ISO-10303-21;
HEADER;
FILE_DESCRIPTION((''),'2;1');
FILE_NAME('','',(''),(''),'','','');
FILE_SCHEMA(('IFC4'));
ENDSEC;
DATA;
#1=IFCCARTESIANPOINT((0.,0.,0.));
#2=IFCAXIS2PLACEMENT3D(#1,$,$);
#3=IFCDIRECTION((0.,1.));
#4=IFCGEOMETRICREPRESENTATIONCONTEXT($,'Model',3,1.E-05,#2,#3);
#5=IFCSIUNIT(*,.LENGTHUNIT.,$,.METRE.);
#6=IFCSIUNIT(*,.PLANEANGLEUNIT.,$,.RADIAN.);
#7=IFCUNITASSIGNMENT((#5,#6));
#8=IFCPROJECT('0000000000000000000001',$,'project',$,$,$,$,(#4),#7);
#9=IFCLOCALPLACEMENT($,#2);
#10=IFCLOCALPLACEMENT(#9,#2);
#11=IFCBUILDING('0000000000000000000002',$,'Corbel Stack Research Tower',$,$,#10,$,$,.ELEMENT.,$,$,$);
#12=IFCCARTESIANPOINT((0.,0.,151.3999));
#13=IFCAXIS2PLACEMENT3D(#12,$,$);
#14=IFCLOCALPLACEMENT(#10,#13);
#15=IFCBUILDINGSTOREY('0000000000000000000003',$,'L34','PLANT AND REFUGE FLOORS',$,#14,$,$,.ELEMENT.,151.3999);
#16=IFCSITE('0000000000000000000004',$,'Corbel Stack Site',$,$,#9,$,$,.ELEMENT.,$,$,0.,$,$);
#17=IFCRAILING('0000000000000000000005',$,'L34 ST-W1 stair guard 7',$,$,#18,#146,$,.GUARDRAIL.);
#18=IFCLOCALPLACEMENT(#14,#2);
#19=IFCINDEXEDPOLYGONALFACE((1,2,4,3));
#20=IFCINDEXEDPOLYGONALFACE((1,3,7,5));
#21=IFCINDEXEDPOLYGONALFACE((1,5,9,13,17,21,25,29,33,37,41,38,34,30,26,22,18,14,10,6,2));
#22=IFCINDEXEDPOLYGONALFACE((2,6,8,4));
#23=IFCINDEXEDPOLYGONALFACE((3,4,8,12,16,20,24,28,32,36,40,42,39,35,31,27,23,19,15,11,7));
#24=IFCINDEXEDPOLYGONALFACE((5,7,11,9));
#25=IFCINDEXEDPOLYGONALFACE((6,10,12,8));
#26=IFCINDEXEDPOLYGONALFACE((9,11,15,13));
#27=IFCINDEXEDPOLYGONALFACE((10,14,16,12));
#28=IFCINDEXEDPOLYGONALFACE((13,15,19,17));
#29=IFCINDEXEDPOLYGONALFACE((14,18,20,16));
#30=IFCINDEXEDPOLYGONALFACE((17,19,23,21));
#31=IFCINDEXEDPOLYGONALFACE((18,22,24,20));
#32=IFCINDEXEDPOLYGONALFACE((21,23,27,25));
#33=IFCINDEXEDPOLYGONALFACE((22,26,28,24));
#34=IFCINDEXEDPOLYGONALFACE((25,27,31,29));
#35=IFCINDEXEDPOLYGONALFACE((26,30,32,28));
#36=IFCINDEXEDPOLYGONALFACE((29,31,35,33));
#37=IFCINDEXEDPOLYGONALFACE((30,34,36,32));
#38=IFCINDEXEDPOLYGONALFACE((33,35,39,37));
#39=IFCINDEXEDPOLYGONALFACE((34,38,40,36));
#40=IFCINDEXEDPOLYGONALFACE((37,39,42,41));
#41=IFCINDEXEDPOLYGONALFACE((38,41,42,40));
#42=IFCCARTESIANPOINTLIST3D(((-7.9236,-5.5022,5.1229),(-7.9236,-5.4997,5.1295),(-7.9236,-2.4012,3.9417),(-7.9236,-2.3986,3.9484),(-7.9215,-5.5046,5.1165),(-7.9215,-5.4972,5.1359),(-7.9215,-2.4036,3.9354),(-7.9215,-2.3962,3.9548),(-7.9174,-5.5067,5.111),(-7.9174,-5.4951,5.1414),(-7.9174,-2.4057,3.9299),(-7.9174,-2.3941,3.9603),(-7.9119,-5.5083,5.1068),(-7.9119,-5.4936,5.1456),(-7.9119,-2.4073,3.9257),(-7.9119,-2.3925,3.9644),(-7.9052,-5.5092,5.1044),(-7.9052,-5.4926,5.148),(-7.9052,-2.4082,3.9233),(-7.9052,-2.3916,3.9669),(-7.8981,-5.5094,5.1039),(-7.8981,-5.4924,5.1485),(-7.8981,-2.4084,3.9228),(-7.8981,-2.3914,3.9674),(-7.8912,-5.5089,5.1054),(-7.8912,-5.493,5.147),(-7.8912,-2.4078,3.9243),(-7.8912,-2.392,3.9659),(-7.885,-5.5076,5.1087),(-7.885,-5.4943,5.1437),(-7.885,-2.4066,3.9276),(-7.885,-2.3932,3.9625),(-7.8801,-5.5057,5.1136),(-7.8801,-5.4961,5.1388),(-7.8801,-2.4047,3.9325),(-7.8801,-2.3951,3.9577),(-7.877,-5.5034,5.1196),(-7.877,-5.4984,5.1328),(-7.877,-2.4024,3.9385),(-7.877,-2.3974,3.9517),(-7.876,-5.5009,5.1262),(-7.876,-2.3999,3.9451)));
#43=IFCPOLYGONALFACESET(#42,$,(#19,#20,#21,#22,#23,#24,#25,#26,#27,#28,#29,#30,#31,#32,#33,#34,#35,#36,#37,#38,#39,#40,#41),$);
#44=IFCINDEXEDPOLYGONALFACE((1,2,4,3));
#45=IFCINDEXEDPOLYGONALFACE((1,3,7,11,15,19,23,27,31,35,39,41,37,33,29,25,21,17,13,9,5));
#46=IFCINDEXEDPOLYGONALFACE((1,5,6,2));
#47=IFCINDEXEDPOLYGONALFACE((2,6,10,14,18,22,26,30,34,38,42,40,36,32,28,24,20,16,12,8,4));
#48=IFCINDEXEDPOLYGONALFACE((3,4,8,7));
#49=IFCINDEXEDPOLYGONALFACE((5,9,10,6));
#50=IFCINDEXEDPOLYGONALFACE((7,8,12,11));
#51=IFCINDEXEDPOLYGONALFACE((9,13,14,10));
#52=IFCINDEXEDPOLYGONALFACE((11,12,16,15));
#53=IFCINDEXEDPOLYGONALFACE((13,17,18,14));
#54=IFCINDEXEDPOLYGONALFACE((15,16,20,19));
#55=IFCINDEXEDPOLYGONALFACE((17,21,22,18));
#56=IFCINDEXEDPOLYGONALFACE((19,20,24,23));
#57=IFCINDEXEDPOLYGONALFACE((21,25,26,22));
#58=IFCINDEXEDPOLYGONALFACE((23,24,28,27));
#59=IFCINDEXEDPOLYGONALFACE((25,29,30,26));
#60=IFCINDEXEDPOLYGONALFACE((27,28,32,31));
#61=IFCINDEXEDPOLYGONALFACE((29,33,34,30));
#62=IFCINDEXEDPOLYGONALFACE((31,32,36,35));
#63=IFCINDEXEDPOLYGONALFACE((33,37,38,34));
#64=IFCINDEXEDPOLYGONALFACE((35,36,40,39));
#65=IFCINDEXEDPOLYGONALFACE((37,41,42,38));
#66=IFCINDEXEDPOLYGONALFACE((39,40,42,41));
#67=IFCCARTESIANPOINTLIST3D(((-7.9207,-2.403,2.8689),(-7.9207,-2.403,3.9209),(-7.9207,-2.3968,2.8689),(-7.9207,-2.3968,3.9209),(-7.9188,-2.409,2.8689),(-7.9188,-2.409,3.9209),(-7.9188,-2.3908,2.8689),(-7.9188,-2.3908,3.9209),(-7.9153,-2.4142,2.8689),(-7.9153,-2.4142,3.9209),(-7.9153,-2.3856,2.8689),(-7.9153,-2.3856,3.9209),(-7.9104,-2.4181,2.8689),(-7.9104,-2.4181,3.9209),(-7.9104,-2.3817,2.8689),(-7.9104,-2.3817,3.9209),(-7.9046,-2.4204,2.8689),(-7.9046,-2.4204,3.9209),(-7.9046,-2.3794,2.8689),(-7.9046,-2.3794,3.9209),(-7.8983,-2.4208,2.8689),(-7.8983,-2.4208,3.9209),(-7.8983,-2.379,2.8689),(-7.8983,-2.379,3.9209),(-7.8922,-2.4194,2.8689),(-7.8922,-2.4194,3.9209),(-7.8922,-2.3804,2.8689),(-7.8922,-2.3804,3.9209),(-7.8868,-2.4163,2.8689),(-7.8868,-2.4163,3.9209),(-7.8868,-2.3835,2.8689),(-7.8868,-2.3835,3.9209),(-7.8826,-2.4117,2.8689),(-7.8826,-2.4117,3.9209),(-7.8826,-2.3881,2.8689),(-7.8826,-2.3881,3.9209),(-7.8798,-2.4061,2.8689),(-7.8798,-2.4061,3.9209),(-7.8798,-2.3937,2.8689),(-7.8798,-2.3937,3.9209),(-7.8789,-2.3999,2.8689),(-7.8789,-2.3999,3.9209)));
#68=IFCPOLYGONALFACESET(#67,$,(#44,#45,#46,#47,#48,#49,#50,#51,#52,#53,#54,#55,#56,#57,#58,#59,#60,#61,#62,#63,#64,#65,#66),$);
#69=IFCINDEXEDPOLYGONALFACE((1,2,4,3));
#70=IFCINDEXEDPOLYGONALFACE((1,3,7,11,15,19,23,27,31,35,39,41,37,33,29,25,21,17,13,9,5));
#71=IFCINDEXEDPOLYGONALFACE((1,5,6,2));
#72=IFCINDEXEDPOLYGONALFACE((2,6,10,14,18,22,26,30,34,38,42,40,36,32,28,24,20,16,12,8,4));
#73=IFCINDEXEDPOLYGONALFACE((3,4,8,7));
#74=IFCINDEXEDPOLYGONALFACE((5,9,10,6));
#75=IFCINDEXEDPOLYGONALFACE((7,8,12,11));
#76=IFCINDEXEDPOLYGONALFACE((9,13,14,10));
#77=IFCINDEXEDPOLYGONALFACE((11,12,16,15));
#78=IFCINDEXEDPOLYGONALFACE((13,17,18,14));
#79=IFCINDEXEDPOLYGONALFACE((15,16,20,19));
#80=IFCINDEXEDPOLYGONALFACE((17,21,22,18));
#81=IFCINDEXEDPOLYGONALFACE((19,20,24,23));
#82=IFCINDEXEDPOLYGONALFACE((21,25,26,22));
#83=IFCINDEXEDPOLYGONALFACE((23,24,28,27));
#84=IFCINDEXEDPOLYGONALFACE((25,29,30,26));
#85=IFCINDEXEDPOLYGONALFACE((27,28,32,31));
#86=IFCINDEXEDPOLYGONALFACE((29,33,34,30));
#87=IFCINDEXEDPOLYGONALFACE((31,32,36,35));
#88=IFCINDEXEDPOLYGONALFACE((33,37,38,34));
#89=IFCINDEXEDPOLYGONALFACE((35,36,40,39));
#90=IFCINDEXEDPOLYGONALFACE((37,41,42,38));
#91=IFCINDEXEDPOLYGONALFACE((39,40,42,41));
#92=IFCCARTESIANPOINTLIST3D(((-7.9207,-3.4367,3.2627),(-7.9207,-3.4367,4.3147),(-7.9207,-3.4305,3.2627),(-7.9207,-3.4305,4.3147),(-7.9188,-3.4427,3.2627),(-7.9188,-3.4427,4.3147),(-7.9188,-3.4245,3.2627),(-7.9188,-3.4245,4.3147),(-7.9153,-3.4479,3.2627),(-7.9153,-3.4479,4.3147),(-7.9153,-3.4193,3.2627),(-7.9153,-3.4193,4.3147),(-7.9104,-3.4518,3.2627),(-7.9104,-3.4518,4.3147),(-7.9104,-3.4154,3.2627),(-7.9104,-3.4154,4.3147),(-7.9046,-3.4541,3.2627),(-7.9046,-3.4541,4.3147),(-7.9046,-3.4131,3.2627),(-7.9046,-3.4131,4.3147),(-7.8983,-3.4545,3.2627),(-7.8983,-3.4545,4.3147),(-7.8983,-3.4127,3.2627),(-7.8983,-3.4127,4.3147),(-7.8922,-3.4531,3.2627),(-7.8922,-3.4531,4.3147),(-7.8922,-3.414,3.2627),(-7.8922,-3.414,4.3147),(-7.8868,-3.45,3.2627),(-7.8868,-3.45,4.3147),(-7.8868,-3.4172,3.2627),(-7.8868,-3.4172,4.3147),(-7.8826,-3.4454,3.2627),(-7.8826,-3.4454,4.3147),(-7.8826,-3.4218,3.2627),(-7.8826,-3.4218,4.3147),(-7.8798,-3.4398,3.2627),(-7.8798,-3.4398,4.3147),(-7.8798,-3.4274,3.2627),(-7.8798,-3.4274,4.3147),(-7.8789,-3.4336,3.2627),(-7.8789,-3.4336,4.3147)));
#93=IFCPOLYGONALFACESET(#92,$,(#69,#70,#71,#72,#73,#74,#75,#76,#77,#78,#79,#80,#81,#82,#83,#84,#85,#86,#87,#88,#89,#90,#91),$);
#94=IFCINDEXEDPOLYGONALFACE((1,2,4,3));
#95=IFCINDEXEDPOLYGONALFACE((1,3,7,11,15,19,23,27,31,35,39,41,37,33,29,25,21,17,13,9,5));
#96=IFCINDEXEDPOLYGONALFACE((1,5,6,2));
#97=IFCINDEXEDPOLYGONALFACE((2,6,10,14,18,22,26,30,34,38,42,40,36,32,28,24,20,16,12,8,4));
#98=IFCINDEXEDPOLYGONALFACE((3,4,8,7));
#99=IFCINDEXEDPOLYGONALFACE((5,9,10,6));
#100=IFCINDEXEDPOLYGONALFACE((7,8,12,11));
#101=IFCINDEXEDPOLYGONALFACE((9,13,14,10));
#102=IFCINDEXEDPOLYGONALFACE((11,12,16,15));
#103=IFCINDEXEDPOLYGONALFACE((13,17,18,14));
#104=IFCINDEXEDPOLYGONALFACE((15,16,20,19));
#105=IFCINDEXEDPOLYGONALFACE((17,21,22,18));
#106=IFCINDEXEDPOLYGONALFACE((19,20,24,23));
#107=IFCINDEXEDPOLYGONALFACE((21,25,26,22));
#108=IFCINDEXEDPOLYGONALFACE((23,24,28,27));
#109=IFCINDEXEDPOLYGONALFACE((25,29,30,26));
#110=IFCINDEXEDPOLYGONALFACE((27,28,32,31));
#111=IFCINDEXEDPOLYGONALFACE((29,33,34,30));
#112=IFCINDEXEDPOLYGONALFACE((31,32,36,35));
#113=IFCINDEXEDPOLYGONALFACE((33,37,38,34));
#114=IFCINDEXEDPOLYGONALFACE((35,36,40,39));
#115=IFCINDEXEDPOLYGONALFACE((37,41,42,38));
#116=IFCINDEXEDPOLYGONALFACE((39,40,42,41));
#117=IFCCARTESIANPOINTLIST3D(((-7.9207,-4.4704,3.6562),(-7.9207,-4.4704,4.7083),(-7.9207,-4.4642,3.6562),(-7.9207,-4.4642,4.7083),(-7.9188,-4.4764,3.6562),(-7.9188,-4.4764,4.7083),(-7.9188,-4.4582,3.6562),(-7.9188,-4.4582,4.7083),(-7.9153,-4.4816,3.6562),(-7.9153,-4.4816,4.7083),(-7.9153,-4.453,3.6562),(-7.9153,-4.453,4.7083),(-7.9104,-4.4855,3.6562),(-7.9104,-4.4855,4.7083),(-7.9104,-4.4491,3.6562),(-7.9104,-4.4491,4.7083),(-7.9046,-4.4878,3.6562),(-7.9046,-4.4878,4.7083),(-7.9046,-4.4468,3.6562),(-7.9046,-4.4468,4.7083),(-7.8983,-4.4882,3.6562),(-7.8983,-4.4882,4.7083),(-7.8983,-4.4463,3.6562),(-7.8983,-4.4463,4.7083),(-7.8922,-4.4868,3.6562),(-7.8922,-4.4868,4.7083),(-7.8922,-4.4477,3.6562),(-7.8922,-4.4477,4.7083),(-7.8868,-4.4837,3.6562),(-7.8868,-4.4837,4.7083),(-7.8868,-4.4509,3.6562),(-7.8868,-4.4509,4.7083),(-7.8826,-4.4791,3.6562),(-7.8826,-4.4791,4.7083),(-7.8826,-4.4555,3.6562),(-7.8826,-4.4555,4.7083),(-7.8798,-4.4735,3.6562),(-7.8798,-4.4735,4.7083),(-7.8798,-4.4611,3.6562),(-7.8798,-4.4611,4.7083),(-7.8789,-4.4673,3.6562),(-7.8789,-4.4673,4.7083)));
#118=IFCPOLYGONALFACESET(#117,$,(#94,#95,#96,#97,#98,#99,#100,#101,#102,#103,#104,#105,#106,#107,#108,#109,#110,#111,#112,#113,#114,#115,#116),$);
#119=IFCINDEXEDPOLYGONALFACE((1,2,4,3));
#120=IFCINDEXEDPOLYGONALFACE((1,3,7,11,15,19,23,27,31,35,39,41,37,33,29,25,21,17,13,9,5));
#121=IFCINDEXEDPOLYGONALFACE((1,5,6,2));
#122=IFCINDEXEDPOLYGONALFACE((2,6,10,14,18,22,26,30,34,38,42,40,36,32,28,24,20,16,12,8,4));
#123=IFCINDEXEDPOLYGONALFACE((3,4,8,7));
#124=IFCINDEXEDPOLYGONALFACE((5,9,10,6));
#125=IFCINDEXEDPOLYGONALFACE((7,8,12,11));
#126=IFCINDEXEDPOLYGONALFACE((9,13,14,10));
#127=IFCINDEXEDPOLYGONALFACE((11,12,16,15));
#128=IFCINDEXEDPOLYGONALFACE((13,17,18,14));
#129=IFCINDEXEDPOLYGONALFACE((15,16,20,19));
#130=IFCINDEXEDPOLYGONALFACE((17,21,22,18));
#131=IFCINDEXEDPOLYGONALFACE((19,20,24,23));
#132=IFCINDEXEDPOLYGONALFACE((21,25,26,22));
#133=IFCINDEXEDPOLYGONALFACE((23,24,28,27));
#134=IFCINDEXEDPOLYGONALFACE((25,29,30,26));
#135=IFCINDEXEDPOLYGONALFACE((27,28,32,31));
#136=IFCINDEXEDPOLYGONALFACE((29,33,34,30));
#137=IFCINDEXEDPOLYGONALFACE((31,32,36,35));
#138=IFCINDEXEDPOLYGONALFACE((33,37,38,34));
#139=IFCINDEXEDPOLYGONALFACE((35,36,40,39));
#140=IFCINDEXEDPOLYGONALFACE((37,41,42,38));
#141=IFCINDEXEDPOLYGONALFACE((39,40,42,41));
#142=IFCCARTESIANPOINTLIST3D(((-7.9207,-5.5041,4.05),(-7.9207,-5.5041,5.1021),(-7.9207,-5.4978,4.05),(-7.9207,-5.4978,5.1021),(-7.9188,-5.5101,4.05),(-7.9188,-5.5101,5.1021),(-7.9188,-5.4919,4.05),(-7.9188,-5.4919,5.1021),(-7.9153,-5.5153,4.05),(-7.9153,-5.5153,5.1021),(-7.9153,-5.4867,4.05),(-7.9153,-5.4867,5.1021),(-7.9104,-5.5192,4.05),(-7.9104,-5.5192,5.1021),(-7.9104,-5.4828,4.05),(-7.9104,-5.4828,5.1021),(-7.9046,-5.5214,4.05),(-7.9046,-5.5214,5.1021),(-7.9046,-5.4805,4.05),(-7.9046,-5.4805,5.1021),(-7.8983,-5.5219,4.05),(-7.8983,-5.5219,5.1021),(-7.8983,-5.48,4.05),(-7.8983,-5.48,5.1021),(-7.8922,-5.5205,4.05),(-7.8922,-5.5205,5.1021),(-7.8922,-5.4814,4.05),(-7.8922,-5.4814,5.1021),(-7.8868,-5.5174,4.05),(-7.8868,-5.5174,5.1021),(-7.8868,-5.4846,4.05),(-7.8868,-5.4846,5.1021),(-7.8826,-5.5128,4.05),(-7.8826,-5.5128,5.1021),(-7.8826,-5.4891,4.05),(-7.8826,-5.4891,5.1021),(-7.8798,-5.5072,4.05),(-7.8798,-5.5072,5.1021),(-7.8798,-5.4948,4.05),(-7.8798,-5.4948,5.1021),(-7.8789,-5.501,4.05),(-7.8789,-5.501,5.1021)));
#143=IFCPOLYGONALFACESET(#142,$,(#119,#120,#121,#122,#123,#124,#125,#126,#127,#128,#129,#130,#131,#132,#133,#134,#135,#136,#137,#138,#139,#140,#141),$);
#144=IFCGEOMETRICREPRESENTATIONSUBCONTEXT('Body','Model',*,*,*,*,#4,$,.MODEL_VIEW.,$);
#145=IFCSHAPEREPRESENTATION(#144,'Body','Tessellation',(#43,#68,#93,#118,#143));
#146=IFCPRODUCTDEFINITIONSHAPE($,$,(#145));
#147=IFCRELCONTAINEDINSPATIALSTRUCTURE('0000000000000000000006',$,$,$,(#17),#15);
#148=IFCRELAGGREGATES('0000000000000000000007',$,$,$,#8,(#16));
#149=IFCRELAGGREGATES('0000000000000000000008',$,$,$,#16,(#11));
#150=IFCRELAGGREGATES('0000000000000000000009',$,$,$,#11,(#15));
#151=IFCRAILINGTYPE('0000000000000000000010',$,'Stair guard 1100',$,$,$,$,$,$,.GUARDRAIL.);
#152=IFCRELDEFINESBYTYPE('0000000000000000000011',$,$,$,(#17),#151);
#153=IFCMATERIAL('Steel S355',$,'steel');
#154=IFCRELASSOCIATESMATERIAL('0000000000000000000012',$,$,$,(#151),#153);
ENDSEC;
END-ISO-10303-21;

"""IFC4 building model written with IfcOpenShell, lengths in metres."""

from ifc_helpers import new_model, si_unit, direction, frame, origin, origin_2d, place, context, subcontext, project, spatial, circle, extrude, material, type_object, element, save


model = new_model("IFC4")

# Units and contexts
model_context = context("Model", 3, precision=1e-05, world=origin(), true_north=direction((0.0, 1.0)))
body_context = subcontext(model_context, "Body", "Model", "MODEL_VIEW")
ifc_project = project(units=[si_unit("LENGTHUNIT", "METRE"), si_unit("PLANEANGLEUNIT", "RADIAN")], contexts=[model_context])

# Site, building, storey
site_placement = place(None, origin())
site = spatial("IfcSite", under=ifc_project, at=site_placement, Name="Corbel Stack Site", CompositionType="ELEMENT", RefElevation=0.0)
building_placement = place(site_placement, origin())
building = spatial("IfcBuilding", under=site, at=building_placement, Name="Corbel Stack Research Tower", CompositionType="ELEMENT")
storey_placement = place(building_placement, frame((0.0, 0.0, 151.3999)))
storey = spatial("IfcBuildingStorey", under=building, at=storey_placement, Name="L34", Description="PLANT AND REFUGE FLOORS", CompositionType="ELEMENT", Elevation=151.3999)

# Railing
ifc_material_1 = material(Name="Steel S355", Category="steel")
railing_type_1 = type_object("IfcRailingType", Name="Stair guard 1100", PredefinedType="GUARDRAIL", material=ifc_material_1)
railing_1_placement = place(storey_placement, frame((-7.8999, -2.3999, 2.8689)))
element("IfcRailing", 1, at=railing_1_placement, inside=storey, type_object=railing_type_1, Name="L34 ST-W1 stair guard 7", PredefinedType="GUARDRAIL", context=body_context, shape_type="SweptSolid", body=[
    extrude(circle(Radius=0.0239, at=origin_2d()), frame((0.0, 0.0, 1.0762), z_axis=(0.0, -0.934509, 0.35594), x_axis=(1.0, 0.0, 0.0)), (0.0, 0.0, 1.0), 3.3184),
    extrude(circle(Radius=0.021, at=origin_2d()), origin(), (0.0, 0.0, 1.0), 1.052),
    extrude(circle(Radius=0.021, at=origin_2d()), frame((0.0, -1.0337, 0.3938)), (0.0, 0.0, 1.0), 1.052),
    extrude(circle(Radius=0.021, at=origin_2d()), frame((0.0, -2.0674, 0.7874)), (0.0, 0.0, 1.0), 1.052),
    extrude(circle(Radius=0.021, at=origin_2d()), frame((0.0, -3.1011, 1.1812)), (0.0, 0.0, 1.0), 1.052),
])

save(model, "model.ifc")
